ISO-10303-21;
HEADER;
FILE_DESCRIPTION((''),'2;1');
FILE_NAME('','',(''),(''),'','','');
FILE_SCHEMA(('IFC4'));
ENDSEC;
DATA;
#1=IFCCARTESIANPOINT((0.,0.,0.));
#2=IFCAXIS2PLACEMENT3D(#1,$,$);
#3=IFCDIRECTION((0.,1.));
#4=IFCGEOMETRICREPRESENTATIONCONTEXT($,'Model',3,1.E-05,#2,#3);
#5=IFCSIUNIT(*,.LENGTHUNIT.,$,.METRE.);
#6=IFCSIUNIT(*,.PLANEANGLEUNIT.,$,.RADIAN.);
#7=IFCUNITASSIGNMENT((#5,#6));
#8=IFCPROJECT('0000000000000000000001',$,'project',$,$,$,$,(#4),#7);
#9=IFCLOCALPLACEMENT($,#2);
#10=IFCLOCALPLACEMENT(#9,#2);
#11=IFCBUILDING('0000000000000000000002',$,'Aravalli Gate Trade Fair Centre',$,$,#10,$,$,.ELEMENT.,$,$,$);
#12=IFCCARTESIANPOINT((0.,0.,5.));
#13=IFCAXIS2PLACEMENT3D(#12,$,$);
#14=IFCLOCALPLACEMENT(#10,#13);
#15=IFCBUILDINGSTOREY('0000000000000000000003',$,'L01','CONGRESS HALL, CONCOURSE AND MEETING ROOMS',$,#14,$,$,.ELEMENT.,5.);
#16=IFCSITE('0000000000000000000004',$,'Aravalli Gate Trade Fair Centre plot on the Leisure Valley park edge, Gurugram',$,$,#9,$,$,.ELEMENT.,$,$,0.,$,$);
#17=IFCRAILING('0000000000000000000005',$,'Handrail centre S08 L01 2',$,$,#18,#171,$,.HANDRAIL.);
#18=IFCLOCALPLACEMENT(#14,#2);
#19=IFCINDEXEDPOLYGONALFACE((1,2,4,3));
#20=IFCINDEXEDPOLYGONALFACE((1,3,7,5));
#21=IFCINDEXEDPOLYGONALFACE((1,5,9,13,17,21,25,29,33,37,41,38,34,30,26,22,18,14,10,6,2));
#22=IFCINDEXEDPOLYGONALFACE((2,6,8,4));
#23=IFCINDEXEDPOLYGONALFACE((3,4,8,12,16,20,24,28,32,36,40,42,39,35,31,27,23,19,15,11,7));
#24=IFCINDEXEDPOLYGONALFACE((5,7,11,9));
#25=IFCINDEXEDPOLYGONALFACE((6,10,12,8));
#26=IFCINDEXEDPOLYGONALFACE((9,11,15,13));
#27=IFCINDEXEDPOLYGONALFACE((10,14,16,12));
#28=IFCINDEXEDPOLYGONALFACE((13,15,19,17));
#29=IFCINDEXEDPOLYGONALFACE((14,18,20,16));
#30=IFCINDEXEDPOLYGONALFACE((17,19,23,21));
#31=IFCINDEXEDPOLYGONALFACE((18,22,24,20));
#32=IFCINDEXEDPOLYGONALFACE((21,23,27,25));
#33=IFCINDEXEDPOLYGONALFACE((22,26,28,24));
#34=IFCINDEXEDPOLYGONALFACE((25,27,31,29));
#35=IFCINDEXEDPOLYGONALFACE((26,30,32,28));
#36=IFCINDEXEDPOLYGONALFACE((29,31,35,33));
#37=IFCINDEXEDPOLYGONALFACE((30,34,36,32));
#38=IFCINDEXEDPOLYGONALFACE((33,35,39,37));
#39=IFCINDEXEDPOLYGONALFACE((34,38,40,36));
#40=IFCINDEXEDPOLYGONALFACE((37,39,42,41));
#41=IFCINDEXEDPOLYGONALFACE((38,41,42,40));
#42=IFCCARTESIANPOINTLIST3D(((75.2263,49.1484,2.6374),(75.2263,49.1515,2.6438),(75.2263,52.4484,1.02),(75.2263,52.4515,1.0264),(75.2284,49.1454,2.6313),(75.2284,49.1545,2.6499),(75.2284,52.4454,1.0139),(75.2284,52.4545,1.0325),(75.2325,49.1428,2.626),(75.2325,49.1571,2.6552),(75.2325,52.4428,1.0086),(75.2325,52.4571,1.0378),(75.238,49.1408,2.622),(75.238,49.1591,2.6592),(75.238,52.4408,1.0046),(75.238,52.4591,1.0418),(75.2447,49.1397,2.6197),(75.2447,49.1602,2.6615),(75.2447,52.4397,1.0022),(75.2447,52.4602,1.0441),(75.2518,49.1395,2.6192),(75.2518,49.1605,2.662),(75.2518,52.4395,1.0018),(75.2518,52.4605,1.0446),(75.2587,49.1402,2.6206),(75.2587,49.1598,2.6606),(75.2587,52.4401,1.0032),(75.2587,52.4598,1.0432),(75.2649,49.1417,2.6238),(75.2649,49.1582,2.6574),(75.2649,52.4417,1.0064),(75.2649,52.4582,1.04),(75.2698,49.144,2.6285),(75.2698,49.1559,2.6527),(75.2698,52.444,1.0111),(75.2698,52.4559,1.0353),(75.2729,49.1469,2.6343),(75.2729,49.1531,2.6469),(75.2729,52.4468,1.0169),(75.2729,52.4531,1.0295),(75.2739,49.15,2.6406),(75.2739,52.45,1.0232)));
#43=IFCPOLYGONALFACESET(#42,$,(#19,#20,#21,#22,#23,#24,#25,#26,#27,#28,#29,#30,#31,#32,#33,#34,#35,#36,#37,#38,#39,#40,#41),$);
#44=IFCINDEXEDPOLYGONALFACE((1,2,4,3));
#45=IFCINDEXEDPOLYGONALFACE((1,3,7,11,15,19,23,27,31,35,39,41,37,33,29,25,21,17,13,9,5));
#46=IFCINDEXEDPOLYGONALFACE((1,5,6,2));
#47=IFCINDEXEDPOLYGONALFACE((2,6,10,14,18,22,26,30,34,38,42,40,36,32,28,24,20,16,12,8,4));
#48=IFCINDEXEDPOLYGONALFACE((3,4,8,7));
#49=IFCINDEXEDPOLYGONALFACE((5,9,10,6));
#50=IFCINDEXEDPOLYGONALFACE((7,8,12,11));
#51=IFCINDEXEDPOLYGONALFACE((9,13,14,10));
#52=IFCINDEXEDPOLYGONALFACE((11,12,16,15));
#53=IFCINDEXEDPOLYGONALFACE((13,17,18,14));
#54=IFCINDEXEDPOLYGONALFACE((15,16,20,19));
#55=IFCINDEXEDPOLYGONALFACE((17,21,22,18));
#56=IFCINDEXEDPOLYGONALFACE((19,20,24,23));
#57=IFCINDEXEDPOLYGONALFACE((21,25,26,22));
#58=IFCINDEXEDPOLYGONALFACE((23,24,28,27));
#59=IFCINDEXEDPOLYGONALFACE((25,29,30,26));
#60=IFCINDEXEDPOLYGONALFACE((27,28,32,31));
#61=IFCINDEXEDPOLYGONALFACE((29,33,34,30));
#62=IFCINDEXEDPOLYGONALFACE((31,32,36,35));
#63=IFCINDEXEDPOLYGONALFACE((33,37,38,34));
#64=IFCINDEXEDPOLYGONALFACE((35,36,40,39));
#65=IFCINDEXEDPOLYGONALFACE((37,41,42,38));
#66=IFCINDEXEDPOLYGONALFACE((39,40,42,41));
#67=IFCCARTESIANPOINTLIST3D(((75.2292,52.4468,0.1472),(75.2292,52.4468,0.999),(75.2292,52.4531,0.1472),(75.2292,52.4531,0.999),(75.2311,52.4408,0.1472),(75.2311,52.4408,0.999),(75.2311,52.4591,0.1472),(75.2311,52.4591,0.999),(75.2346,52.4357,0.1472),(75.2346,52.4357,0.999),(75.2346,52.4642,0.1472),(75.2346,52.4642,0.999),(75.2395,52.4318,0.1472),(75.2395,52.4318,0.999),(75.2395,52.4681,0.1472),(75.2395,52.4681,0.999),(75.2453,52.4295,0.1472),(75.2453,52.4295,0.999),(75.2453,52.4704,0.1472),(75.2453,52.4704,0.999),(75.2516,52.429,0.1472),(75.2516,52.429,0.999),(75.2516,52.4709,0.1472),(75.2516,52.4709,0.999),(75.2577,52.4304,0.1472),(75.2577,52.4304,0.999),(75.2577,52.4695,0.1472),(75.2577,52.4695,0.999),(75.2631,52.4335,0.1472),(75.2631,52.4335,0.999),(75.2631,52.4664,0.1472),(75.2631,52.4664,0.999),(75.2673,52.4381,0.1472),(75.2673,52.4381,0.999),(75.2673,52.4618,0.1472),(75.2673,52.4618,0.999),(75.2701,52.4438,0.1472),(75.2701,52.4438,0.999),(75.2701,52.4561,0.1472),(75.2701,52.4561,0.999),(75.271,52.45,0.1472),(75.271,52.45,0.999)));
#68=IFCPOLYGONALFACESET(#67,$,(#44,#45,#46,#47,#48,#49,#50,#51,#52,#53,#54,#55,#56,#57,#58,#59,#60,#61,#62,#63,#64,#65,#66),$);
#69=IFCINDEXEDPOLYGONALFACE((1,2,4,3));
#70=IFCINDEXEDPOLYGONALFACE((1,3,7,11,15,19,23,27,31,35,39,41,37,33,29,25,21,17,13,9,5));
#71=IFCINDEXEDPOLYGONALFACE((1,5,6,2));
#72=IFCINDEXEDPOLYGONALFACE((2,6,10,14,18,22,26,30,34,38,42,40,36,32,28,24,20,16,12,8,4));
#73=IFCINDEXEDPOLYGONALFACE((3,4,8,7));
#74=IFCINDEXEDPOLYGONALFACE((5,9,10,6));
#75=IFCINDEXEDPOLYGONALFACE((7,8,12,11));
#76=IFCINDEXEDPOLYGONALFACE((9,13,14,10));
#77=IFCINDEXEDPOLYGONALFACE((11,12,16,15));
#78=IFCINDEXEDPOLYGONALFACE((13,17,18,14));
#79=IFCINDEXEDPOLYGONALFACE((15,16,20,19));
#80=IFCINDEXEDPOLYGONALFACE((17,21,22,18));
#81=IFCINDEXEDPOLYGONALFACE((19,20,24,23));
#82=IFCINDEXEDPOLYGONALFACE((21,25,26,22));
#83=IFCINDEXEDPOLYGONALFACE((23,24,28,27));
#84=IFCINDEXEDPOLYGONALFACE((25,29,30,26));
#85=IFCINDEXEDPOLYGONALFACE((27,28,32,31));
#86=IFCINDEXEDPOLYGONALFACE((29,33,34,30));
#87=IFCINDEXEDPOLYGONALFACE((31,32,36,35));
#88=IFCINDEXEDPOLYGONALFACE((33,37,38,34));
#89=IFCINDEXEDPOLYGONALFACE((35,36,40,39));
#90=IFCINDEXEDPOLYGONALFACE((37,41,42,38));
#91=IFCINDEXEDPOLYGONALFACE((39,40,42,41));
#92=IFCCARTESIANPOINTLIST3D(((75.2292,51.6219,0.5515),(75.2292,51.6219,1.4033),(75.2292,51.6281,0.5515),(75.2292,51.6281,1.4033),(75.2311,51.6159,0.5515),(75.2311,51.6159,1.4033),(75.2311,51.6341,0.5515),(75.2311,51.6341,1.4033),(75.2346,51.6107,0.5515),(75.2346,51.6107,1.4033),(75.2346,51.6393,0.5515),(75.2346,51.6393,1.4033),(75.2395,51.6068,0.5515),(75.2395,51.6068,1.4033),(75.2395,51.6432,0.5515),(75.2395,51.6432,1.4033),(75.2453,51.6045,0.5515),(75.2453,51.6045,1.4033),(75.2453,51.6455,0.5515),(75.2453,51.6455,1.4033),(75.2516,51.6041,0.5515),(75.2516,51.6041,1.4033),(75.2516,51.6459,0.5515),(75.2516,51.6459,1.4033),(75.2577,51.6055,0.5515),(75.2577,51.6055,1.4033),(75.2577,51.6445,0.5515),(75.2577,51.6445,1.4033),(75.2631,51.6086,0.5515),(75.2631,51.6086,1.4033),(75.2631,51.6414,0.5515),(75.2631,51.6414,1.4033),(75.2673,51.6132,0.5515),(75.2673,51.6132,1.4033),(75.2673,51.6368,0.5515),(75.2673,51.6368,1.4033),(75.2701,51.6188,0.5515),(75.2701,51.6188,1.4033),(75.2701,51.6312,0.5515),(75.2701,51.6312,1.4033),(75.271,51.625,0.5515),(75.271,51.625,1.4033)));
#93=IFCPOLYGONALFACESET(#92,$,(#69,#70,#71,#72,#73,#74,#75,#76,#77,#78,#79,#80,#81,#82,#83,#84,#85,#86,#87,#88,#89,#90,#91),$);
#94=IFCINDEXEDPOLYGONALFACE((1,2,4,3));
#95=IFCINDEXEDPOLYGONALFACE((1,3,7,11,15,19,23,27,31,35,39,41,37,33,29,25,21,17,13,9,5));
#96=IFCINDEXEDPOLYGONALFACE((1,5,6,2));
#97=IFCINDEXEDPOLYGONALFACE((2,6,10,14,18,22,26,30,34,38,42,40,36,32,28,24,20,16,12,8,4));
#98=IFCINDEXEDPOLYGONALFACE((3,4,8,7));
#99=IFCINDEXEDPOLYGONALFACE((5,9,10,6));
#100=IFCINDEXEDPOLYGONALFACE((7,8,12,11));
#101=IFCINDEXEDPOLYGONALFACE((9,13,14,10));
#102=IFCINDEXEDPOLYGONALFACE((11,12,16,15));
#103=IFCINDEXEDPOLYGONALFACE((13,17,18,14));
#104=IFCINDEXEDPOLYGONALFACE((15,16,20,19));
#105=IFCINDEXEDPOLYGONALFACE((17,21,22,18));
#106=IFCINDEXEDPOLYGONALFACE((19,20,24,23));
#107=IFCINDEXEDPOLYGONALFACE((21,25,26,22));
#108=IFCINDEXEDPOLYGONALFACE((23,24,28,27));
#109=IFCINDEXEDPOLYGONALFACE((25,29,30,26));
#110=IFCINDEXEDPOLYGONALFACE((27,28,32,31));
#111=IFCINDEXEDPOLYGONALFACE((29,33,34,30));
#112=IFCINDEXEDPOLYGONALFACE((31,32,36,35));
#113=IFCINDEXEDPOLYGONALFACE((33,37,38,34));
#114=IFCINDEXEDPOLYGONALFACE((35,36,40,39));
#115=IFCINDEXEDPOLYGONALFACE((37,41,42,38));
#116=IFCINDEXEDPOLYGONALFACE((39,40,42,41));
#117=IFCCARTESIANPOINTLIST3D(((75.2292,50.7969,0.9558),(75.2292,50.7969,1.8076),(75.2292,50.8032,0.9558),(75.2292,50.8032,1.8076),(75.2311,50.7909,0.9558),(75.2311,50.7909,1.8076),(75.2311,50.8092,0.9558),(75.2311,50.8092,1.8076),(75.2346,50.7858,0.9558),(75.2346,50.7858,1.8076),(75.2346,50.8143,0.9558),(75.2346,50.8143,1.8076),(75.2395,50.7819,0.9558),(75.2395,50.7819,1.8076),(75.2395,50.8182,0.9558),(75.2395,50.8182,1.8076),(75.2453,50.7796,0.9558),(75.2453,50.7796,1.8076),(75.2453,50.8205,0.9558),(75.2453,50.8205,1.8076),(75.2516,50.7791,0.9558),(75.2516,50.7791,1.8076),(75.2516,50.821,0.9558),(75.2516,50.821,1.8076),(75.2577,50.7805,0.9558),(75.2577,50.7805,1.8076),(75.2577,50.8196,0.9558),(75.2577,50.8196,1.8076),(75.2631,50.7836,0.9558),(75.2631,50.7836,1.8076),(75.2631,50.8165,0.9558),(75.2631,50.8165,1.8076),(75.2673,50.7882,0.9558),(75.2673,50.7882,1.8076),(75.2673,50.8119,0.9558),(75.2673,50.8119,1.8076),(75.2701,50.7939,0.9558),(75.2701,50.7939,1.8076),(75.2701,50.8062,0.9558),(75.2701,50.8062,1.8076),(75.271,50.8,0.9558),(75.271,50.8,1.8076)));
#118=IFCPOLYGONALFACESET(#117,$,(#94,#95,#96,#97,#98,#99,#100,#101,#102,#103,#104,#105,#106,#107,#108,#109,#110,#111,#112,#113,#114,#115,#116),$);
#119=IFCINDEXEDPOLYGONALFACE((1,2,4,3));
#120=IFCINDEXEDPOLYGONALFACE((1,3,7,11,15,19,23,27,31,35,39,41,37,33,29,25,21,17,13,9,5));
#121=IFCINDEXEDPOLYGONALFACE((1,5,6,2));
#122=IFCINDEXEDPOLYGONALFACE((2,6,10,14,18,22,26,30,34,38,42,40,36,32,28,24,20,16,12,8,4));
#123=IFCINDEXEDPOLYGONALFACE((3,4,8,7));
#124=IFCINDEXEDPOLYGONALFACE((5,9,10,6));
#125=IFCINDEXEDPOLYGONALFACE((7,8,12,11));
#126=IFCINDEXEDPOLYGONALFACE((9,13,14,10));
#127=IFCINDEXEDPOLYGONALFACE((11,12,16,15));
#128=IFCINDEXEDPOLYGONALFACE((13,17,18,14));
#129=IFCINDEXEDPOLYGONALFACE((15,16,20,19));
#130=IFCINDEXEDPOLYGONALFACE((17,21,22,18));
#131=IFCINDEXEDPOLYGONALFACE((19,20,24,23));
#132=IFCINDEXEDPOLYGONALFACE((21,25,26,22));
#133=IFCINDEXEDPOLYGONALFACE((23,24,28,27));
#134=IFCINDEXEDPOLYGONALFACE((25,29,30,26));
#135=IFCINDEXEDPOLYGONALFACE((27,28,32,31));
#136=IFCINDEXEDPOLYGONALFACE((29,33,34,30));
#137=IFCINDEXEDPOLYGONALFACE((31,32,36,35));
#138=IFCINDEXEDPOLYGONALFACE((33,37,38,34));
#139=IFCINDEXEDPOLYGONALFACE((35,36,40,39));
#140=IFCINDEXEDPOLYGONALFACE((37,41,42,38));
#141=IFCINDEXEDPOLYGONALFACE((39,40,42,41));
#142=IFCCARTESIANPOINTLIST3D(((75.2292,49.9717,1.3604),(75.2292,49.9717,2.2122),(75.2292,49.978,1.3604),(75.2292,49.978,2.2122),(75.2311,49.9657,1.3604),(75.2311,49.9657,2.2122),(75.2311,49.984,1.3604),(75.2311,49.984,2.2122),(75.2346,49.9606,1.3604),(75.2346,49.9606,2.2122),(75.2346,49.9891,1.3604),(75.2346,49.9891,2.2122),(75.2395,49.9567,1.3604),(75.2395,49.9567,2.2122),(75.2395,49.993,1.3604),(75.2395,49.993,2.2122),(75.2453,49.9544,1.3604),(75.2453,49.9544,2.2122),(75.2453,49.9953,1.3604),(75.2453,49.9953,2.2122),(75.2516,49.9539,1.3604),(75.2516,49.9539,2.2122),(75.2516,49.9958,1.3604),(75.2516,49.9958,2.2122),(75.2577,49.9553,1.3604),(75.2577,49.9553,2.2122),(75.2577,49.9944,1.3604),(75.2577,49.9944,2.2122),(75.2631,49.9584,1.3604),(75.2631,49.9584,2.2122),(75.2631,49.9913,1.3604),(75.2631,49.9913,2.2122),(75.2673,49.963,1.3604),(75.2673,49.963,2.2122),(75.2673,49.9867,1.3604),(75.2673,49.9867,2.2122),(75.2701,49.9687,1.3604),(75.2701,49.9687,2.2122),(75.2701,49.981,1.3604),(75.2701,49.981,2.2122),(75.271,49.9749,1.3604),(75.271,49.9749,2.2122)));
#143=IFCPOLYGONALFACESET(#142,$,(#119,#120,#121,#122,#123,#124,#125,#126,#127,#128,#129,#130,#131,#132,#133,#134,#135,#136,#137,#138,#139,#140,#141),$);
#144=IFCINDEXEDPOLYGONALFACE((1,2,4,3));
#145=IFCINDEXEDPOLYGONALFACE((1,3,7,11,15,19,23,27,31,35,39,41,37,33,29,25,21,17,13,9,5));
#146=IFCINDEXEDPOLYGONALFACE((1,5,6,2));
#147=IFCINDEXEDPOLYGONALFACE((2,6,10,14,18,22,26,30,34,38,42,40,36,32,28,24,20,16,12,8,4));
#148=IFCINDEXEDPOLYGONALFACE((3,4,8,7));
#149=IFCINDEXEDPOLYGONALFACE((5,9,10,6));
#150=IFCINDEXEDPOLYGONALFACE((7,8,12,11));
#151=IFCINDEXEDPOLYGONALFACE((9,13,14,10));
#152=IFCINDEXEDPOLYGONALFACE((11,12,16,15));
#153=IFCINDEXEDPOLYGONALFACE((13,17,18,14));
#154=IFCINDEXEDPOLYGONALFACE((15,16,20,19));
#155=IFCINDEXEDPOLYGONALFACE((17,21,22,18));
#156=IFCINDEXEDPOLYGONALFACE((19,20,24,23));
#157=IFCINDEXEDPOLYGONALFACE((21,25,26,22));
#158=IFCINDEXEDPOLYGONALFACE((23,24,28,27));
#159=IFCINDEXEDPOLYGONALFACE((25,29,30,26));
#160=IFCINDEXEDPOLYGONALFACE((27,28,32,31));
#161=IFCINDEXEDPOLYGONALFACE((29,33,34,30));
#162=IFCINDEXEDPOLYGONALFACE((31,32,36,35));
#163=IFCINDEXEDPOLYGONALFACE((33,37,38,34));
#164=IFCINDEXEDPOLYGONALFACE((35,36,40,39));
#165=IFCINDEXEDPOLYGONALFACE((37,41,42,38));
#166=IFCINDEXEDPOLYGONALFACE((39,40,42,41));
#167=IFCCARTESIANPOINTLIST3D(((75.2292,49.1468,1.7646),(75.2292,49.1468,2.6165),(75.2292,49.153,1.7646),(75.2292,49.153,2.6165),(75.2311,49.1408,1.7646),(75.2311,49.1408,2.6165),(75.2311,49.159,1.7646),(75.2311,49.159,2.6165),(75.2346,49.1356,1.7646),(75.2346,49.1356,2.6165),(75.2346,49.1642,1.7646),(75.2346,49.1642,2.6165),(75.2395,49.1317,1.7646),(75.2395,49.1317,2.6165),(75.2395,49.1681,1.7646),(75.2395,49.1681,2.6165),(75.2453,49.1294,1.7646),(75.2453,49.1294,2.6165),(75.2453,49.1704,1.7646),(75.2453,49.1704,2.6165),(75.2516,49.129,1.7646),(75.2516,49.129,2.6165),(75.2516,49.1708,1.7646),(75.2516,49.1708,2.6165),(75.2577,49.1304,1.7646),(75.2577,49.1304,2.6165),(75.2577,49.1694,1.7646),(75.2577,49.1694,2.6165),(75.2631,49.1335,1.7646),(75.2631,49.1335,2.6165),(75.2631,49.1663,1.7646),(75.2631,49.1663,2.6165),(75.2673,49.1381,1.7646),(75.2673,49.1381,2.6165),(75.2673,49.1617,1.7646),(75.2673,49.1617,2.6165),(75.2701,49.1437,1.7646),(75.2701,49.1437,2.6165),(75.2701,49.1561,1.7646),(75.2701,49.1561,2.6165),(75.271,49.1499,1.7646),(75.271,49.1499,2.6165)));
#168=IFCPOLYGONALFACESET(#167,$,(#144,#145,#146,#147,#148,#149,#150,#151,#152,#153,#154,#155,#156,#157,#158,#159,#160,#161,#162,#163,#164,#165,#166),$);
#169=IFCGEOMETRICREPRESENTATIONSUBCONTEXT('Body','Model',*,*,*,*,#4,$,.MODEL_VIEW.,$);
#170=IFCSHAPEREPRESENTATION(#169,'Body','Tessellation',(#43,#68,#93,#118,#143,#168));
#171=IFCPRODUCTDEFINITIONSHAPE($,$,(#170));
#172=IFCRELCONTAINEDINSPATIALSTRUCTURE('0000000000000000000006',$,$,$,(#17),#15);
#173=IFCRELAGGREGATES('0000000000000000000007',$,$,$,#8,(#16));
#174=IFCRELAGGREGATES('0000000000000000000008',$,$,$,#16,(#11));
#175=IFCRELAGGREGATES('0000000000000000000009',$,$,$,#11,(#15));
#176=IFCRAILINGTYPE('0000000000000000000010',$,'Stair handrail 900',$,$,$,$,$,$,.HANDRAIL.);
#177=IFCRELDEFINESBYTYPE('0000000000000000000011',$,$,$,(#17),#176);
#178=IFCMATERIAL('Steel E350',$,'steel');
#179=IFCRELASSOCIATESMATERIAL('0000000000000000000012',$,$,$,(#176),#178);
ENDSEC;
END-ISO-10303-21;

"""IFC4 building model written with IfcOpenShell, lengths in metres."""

from ifc_helpers import new_model, si_unit, direction, frame, origin, origin_2d, place, context, subcontext, project, spatial, circle, extrude, material, type_object, element, save


model = new_model("IFC4")

# Units and contexts
model_context = context("Model", 3, precision=1e-05, world=origin(), true_north=direction((0.0, 1.0)))
body_context = subcontext(model_context, "Body", "Model", "MODEL_VIEW")
ifc_project = project(units=[si_unit("LENGTHUNIT", "METRE"), si_unit("PLANEANGLEUNIT", "RADIAN")], contexts=[model_context])

# Site, building, storey
site_placement = place(None, origin())
site = spatial("IfcSite", under=ifc_project, at=site_placement, Name="Aravalli Gate Trade Fair Centre plot on the Leisure Valley park edge, Gurugram", CompositionType="ELEMENT", RefElevation=0.0)
building_placement = place(site_placement, origin())
building = spatial("IfcBuilding", under=site, at=building_placement, Name="Aravalli Gate Trade Fair Centre", CompositionType="ELEMENT")
storey_placement = place(building_placement, frame((0.0, 0.0, 5.0)))
storey = spatial("IfcBuildingStorey", under=building, at=storey_placement, Name="L01", Description="CONGRESS HALL, CONCOURSE AND MEETING ROOMS", CompositionType="ELEMENT", Elevation=5.0)

# Railing
ifc_material_1 = material(Name="Steel E350", Category="steel")
railing_type = type_object("IfcRailingType", Name="Stair handrail 900", PredefinedType="HANDRAIL", material=ifc_material_1)
for number, where, name in (
    (1, (75.25, 52.45, 0.1472), "Handrail centre S08 L01 2"),
):
    element("IfcRailing", number, at=place(storey_placement, frame(where)), inside=storey, type_object=railing_type, Name=name, PredefinedType="HANDRAIL", context=body_context, shape_type="SweptSolid", body=[
        extrude(circle(Radius=0.0239, at=origin_2d()), frame((0.0, 0.0, 0.876), z_axis=(0.0, -0.897946, 0.440105), x_axis=(1.0, 0.0, 0.0)), (0.0, 0.0, 1.0), 3.675),
        extrude(circle(Radius=0.021, at=origin_2d()), origin(), (0.0, 0.0, 1.0), 0.8518),
        extrude(circle(Radius=0.021, at=origin_2d()), frame((0.0, -0.825, 0.4043)), (0.0, 0.0, 1.0), 0.8518),
        extrude(circle(Radius=0.021, at=origin_2d()), frame((0.0, -1.6499, 0.8086)), (0.0, 0.0, 1.0), 0.8518),
        extrude(circle(Radius=0.021, at=origin_2d()), frame((0.0, -2.4751, 1.2131)), (0.0, 0.0, 1.0), 0.8518),
        extrude(circle(Radius=0.021, at=origin_2d()), frame((0.0, -3.3, 1.6174)), (0.0, 0.0, 1.0), 0.8518),
    ])

save(model, "model.ifc")
